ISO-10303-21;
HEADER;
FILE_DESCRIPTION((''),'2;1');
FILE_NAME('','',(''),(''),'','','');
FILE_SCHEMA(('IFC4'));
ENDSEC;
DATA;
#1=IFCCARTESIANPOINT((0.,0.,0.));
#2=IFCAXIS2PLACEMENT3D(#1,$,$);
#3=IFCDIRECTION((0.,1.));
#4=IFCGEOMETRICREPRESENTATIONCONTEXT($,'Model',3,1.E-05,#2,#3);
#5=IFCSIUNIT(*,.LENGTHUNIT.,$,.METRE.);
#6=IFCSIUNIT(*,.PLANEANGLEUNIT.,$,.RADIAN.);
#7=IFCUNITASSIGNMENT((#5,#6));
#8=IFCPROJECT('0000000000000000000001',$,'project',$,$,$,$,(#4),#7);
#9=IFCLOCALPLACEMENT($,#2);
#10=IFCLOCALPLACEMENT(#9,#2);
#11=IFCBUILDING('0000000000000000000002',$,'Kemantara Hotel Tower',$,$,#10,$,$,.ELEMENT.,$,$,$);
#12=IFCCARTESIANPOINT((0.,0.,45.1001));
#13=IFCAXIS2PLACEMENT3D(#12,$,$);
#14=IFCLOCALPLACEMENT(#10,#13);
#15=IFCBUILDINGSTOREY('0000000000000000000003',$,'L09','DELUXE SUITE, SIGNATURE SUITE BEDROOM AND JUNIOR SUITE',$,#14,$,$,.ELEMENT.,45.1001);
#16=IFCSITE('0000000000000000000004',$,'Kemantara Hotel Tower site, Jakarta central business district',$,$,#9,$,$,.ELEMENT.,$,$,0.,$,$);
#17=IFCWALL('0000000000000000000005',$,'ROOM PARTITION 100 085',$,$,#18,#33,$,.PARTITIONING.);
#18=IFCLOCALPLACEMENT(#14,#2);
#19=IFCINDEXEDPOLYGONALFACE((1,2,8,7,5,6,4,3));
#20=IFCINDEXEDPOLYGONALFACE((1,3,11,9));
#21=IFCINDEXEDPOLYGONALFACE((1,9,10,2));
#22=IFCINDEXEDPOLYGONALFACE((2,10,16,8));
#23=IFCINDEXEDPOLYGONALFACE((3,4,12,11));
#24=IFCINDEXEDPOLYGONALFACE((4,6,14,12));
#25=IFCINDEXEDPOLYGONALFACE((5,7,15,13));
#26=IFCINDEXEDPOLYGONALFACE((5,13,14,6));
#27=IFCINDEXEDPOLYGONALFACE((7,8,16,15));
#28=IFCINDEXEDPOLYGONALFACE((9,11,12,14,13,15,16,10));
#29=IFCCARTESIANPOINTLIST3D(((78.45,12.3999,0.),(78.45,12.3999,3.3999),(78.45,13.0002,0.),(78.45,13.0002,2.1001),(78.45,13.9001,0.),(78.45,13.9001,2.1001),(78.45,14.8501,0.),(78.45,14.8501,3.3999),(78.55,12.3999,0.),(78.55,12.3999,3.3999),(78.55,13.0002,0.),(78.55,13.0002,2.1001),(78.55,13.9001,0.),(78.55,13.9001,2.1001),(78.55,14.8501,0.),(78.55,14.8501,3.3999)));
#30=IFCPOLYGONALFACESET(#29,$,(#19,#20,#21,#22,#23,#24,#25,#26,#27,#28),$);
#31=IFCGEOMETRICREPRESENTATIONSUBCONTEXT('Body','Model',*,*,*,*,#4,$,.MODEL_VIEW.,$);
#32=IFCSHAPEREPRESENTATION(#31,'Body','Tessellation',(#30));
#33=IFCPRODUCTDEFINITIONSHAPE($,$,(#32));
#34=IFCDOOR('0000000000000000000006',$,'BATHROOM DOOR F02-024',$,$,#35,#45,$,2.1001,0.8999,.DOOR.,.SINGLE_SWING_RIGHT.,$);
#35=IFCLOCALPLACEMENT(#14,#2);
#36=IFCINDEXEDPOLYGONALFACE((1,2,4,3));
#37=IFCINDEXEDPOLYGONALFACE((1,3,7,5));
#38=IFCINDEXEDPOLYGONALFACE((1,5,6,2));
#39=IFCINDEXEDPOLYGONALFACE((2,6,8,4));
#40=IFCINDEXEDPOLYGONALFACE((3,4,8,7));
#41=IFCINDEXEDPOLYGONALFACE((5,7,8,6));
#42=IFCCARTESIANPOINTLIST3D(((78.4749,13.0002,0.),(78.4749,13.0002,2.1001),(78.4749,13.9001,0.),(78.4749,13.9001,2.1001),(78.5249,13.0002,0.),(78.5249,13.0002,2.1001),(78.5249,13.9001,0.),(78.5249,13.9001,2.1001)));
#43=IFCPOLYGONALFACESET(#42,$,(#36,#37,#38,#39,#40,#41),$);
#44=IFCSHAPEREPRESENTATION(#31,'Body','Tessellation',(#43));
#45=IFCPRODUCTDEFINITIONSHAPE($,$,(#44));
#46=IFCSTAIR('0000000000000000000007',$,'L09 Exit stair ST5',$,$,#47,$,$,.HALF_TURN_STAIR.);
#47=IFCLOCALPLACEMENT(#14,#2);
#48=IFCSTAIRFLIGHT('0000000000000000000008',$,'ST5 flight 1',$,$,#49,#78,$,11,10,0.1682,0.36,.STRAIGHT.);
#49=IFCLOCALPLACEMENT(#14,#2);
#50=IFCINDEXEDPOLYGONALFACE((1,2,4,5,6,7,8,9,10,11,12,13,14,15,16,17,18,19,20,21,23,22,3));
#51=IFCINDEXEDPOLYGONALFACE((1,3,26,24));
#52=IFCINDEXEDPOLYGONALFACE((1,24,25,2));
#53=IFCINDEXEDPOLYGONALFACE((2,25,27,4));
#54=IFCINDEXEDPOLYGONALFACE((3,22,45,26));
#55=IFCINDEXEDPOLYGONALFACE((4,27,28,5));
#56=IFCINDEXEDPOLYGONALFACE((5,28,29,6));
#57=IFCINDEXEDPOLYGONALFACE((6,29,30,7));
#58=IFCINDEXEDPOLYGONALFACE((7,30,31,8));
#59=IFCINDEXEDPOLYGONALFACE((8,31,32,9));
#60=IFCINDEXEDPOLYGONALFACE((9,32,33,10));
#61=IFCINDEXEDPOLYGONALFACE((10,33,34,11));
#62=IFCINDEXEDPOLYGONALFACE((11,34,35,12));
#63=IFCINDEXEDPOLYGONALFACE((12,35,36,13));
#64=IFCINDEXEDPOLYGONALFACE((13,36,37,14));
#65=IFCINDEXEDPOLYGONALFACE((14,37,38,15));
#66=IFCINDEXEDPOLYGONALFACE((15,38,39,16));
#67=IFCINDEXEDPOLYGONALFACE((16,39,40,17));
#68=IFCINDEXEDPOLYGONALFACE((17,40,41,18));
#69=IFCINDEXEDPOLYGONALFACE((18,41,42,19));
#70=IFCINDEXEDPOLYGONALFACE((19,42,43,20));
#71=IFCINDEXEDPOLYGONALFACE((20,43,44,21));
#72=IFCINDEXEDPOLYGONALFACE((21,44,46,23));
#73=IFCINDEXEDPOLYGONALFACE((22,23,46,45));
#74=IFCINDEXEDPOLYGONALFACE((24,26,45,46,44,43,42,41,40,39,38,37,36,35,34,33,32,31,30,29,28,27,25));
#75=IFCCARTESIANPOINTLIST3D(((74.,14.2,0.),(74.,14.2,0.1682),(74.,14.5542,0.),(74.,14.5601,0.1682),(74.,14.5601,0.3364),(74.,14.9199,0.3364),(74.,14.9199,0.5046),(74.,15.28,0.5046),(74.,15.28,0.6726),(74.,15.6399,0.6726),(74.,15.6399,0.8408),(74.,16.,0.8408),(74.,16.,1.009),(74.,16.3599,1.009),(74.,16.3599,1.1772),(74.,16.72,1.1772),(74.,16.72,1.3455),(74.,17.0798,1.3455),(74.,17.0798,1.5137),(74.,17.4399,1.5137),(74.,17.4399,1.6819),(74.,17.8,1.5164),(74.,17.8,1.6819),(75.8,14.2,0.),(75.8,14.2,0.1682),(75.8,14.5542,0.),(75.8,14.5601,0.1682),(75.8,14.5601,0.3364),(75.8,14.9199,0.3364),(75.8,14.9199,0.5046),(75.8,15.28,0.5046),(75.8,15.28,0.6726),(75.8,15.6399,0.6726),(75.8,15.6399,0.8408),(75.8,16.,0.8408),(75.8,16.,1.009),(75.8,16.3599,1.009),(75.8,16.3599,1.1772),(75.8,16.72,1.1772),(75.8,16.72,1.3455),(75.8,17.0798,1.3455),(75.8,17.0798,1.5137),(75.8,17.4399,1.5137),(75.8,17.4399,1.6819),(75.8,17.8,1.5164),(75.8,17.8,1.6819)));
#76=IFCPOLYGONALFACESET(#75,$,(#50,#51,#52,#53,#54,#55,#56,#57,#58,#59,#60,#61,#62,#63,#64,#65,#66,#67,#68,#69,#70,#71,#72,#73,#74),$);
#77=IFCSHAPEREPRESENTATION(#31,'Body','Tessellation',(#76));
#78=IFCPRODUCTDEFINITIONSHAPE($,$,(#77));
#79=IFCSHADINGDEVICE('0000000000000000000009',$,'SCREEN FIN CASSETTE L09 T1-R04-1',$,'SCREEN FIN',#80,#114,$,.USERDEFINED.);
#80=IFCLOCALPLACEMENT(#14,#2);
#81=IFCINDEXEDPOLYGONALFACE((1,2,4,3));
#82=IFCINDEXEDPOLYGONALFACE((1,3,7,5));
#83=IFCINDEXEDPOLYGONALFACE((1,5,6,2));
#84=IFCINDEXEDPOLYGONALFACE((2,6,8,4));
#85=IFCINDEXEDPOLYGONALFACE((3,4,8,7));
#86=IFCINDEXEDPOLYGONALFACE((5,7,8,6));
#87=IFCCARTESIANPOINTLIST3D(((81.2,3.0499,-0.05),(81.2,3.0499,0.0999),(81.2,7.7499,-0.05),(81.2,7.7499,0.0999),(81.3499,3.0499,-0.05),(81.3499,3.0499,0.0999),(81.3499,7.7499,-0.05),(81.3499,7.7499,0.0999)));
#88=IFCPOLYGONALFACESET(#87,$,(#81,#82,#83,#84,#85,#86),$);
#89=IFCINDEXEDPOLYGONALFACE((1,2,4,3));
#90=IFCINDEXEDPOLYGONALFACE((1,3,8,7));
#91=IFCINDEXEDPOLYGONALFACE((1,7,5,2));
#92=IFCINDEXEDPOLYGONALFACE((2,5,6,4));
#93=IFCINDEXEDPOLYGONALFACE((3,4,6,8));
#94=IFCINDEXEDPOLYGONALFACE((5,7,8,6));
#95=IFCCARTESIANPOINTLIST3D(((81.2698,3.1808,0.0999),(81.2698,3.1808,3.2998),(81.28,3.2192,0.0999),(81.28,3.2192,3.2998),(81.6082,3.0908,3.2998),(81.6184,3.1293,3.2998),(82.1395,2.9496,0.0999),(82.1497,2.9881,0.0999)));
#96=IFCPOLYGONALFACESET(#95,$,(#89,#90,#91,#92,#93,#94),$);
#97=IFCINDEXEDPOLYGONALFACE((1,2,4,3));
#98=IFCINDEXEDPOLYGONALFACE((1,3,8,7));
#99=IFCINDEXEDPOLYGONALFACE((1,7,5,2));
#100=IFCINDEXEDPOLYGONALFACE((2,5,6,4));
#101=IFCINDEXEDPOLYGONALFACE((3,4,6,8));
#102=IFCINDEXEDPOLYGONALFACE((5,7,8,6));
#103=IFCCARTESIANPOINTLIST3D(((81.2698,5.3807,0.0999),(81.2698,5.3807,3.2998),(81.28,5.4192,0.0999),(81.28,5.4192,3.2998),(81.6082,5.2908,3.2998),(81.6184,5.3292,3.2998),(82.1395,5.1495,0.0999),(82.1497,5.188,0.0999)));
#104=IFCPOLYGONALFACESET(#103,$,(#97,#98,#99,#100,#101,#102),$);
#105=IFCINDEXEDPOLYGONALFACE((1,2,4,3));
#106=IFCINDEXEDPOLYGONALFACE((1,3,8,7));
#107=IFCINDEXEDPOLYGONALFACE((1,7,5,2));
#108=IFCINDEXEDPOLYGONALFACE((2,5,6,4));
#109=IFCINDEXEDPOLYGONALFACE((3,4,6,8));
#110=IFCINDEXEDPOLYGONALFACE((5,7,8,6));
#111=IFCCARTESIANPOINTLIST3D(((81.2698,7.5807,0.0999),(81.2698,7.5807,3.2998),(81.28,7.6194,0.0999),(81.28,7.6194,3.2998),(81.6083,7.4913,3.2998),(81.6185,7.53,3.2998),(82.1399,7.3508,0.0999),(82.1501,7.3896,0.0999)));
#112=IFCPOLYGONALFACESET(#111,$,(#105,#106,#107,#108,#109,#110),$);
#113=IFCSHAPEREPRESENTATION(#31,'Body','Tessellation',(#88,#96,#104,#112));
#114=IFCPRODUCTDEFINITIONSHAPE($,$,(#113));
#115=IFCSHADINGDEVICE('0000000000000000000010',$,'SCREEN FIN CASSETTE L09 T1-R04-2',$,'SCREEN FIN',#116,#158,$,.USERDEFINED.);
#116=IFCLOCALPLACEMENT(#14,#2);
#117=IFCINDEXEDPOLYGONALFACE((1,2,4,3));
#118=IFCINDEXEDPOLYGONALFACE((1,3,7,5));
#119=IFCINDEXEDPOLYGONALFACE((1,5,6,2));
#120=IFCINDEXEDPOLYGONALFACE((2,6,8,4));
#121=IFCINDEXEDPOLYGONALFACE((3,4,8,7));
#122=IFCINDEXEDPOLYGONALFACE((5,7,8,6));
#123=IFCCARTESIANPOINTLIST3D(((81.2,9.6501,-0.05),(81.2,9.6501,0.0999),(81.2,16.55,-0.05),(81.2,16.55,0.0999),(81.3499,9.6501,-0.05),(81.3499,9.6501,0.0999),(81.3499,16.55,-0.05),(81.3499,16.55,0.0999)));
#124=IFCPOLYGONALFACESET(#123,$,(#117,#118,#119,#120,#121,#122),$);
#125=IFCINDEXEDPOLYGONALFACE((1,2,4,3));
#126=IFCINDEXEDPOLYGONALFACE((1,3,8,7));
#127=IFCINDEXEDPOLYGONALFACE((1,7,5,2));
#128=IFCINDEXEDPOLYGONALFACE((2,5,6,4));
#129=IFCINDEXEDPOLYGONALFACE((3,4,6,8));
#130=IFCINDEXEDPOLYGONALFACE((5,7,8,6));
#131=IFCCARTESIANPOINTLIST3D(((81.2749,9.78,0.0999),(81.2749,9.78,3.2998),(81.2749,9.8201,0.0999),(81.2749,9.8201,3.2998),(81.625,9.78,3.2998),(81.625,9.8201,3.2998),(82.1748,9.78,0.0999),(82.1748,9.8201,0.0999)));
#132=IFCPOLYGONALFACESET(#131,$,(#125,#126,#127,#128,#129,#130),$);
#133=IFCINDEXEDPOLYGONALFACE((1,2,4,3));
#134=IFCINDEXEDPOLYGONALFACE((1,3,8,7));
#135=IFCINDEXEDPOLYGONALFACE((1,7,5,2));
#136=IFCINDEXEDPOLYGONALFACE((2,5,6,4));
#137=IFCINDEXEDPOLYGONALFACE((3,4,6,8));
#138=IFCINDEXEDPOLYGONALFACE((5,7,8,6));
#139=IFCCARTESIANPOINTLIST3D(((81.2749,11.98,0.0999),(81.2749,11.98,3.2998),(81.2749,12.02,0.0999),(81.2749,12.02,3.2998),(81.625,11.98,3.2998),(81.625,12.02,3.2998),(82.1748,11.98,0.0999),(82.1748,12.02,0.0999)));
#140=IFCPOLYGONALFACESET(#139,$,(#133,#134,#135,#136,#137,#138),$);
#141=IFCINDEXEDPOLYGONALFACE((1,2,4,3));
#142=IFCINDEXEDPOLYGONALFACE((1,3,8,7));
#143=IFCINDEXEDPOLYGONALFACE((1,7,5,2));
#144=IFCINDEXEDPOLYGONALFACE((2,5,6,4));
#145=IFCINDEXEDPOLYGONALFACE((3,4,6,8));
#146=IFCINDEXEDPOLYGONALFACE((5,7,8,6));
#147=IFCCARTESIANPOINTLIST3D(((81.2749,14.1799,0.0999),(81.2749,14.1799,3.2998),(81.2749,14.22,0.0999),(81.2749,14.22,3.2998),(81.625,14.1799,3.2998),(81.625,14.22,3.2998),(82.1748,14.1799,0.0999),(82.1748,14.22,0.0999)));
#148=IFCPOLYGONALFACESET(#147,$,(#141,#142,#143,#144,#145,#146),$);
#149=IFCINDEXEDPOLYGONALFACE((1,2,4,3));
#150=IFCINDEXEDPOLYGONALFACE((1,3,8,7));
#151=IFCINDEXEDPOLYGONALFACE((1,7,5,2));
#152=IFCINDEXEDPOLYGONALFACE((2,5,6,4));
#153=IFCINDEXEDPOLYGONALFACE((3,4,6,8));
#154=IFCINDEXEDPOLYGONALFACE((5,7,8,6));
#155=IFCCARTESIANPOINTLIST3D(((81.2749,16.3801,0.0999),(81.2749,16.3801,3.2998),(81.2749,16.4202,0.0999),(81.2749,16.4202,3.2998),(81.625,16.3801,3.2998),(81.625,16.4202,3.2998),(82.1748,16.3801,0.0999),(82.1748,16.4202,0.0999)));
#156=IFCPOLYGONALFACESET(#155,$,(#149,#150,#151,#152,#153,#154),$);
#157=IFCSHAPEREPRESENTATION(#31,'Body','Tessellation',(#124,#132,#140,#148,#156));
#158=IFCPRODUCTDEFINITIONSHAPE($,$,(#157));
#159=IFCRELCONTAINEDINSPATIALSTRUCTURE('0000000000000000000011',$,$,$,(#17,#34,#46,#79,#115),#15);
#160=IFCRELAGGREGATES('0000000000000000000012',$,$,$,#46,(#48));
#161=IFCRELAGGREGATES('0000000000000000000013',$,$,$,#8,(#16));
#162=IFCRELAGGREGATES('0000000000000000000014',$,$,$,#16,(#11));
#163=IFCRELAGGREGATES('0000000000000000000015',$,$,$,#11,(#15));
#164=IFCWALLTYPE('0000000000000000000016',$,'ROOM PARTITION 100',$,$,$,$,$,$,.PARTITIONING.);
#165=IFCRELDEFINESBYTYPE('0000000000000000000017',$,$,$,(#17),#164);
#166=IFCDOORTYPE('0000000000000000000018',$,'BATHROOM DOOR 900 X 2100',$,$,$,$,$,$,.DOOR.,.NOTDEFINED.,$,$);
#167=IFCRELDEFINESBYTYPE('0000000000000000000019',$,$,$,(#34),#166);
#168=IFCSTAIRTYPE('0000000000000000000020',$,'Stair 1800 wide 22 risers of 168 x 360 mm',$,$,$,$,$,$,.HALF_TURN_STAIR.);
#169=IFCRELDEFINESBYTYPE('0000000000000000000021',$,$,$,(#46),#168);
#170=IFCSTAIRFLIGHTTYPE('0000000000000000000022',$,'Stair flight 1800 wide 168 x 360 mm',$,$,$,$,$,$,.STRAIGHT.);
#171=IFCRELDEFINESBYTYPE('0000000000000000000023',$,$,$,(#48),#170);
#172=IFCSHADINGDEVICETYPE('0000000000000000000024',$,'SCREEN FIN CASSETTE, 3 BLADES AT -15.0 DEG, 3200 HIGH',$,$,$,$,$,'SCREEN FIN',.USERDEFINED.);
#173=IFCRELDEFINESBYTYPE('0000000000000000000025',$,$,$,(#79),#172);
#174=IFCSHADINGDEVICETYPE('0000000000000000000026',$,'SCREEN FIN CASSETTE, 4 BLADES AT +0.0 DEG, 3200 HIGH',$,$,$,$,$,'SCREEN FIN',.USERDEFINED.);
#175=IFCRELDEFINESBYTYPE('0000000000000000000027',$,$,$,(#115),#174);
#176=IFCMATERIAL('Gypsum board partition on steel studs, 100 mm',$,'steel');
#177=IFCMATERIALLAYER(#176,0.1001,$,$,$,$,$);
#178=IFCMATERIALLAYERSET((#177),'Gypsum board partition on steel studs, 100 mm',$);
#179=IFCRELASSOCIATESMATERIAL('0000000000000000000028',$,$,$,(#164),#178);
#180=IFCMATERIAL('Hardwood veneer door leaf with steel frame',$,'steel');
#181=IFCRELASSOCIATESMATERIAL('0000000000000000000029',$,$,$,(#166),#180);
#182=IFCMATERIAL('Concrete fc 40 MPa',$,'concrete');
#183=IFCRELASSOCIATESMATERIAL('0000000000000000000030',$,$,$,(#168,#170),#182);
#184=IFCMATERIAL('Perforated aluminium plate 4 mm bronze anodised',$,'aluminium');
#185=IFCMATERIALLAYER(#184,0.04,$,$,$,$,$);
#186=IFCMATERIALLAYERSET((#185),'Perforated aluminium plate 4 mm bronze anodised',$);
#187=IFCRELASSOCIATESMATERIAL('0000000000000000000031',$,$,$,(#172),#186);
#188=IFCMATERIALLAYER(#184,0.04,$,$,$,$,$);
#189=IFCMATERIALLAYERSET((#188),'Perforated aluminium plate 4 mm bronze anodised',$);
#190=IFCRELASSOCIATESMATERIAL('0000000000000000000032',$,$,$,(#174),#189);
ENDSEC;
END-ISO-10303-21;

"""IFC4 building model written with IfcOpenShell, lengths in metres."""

from ifc_helpers import new_model, si_unit, direction, frame, frame_2d, origin, origin_2d, place, context, subcontext, project, spatial, polyline, rectangle, outline, extrude, source, transform, mapped, material, layer, layer_set, type_object, element, fill, aggregate, save


model = new_model("IFC4")

# Units and contexts
model_context = context("Model", 3, precision=1e-05, world=origin(), true_north=direction((0.0, 1.0)))
body_context = subcontext(model_context, "Body", "Model", "MODEL_VIEW")
ifc_project = project(units=[si_unit("LENGTHUNIT", "METRE"), si_unit("PLANEANGLEUNIT", "RADIAN")], contexts=[model_context])

# Site, building, storey
site_placement = place(None, origin())
site = spatial("IfcSite", under=ifc_project, at=site_placement, Name="Kemantara Hotel Tower site, Jakarta central business district", CompositionType="ELEMENT", RefElevation=0.0)
building_placement = place(site_placement, origin())
building = spatial("IfcBuilding", under=site, at=building_placement, Name="Kemantara Hotel Tower", CompositionType="ELEMENT")
storey_placement = place(building_placement, frame((0.0, 0.0, 45.1001)))
storey = spatial("IfcBuildingStorey", under=building, at=storey_placement, Name="L09", Description="DELUXE SUITE, SIGNATURE SUITE BEDROOM AND JUNIOR SUITE", CompositionType="ELEMENT", Elevation=45.1001)

# Shared definitions
ifc_material_1 = material(Name="Hardwood veneer door leaf with steel frame", Category="steel")

# Shared definitions
ifc_material_2 = material(Name="Concrete fc 40 MPa", Category="concrete")
ifc_material_3 = material(Name="Gypsum board partition on steel studs, 100 mm", Category="steel")
ifc_layer_1 = layer(ifc_material_3, 0.1001)
ifc_layer_set_1 = layer_set([ifc_layer_1], Name="Gypsum board partition on steel studs, 100 mm")
wall_type_1 = type_object("IfcWallType", Name="ROOM PARTITION 100", PredefinedType="PARTITIONING", material=ifc_layer_set_1)

# Shared definitions
door_type_1 = type_object("IfcDoorType", Name="BATHROOM DOOR 900 X 2100", OperationType="NOTDEFINED", PredefinedType="DOOR", material=ifc_material_1)

# Wall, opening, door
wall_1_placement = place(storey_placement, frame((78.5, 14.8501, 0.0), z_axis=(0.0, 0.0, 1.0), x_axis=(0.0, -1.0, 0.0)))
wall_1 = element("IfcWall", 1, at=wall_1_placement, inside=storey, type_object=wall_type_1, Name="ROOM PARTITION 100 085", PredefinedType="PARTITIONING", context=body_context, shape_type="SweptSolid", body=[
    extrude(rectangle(XDim=2.4502, YDim=0.1001, at=frame_2d((1.2251, 0.0))), origin(), (0.0, 0.0, 1.0), 3.3999),
])
opening_1_placement = place(wall_1_placement, frame((0.95, 0.0, 0.0)))
opening_1 = element("IfcOpeningElement", 2, at=opening_1_placement, cuts=wall_1, PredefinedType="OPENING", context=body_context, shape_type="SweptSolid", body=[
    extrude(rectangle(XDim=0.8999, YDim=2.1001, at=frame_2d((0.45, 1.05))), frame((0.0, 0.0601, 0.0), z_axis=(0.0, -1.0, 0.0), x_axis=(1.0, 0.0, 0.0)), (0.0, 0.0, 1.0), 0.1201),
])
door_1_placement = place(opening_1_placement, origin())
door_1 = element("IfcDoor", 3, at=door_1_placement, inside=storey, type_object=door_type_1, Name="BATHROOM DOOR F02-024", OperationType="SINGLE_SWING_RIGHT", OverallHeight=2.1001, OverallWidth=0.8999, PredefinedType="DOOR", context=body_context, shape_type="SweptSolid", body=[
    extrude(rectangle(XDim=0.8999, YDim=2.1001, at=frame_2d((0.45, 1.05))), frame((0.0, 0.0249, 0.0), z_axis=(0.0, -1.0, 0.0), x_axis=(1.0, 0.0, 0.0)), (0.0, 0.0, 1.0), 0.05),
])
fill(opening_1, door_1)

# Stair, stair flight
stair_type = type_object("IfcStairType", Name="Stair 1800 wide 22 risers of 168 x 360 mm", PredefinedType="HALF_TURN_STAIR", material=ifc_material_2)
stair_placement = place(storey_placement, origin())
stair = element("IfcStair", 4, at=stair_placement, inside=storey, type_object=stair_type, Name="L09 Exit stair ST5", PredefinedType="HALF_TURN_STAIR")
stair_flight_type = type_object("IfcStairFlightType", Name="Stair flight 1800 wide 168 x 360 mm", PredefinedType="STRAIGHT", material=ifc_material_2)
stair_flight_placement = place(storey_placement, frame((74.8999, 14.2, 0.0), z_axis=(0.0, 0.0, 1.0), x_axis=(0.0, 1.0, 0.0)))
stair_flight = element("IfcStairFlight", 5, at=stair_flight_placement, type_object=stair_flight_type, Name="ST5 flight 1", NumberOfRisers=11, NumberOfTreads=10, PredefinedType="STRAIGHT", RiserHeight=0.1682, TreadLength=0.36, context=body_context, shape_type="SweptSolid", body=[
    extrude(outline(polyline([(0.0, 0.0), (0.0, 0.1682), (0.3601, 0.1682), (0.3601, 0.3364), (0.72, 0.3364), (0.72, 0.5046), (1.0801, 0.5046), (1.0801, 0.6726), (1.4399, 0.6726), (1.4399, 0.8408), (1.8, 0.8408), (1.8, 1.009), (2.1599, 1.009), (2.1599, 1.1772), (2.52, 1.1772), (2.52, 1.3455), (2.8799, 1.3455), (2.8799, 1.5137), (3.24, 1.5137), (3.24, 1.6819), (3.6001, 1.6819), (3.6001, 1.8501), (3.6001, 1.5164), (0.3542, 0.0), (0.0, 0.0)])), frame((0.0, 0.8999, 0.0), z_axis=(0.0, -1.0, 0.0), x_axis=(1.0, 0.0, 0.0)), (0.0, 0.0, 1.0), 1.8),
])
aggregate(stair, [stair_flight])

# Shading devices
ifc_material_4 = material(Name="Perforated aluminium plate 4 mm bronze anodised", Category="aluminium")
ifc_layer_2 = layer(ifc_material_4, 0.04)
ifc_layer_set_2 = layer_set([ifc_layer_2], Name="Perforated aluminium plate 4 mm bronze anodised")
shading_device_type_1 = type_object("IfcShadingDeviceType", Name="SCREEN FIN CASSETTE, 3 BLADES AT -15.0 DEG, 3200 HIGH", ElementType="SCREEN FIN", PredefinedType="USERDEFINED", material=ifc_layer_set_2)
shared_shape_1 = source(origin(), body_context, "Body", "SweptSolid", [
    extrude(rectangle(XDim=4.7, YDim=0.1499, at=origin_2d()), frame((2.2, -0.075, -0.1499), z_axis=(0.0, 0.0, 1.0), x_axis=(1.0, 0.0, 0.0)), (0.0, 0.0, 1.0), 0.1499),
    extrude(outline(polyline([(0.0, 0.0), (0.8999, 0.0), (0.3501, 3.2), (0.0, 3.2), (0.0, 0.0)])), frame((0.0193, -0.0801, 0.0), z_axis=(-0.966438, 0.256901, 0.0), x_axis=(-0.256901, -0.966438, 0.0)), (0.0, 0.0, 1.0), 0.0398),
    extrude(outline(polyline([(0.0, 0.0), (0.8999, 0.0), (0.3501, 3.2), (0.0, 3.2), (0.0, 0.0)])), frame((2.2192, -0.0801, 0.0), z_axis=(-0.966438, 0.256901, 0.0), x_axis=(-0.256901, -0.966438, 0.0)), (0.0, 0.0, 1.0), 0.0398),
    extrude(outline(polyline([(0.0, 0.0), (0.8999, 0.0), (0.3501, 3.2), (0.0, 3.2), (0.0, 0.0)])), frame((4.4194, -0.0801, 0.0), z_axis=(-0.966838, 0.255391, 0.0), x_axis=(-0.255391, -0.966838, 0.0)), (0.0, 0.0, 1.0), 0.04),
])
shading_device_1_placement = place(storey_placement, frame((81.2, 3.2, 0.0999), z_axis=(0.0, 0.0, 1.0), x_axis=(0.0, 1.0, 0.0)))
element("IfcShadingDevice", 6, at=shading_device_1_placement, inside=storey, type_object=shading_device_type_1, Name="SCREEN FIN CASSETTE L09 T1-R04-1", ObjectType="SCREEN FIN", PredefinedType="USERDEFINED", context=body_context, shape_type="MappedRepresentation", body=[
    mapped(shared_shape_1, transform((0.0, 0.0, 0.0))),
])
ifc_layer_3 = layer(ifc_material_4, 0.04)
ifc_layer_set_3 = layer_set([ifc_layer_3], Name="Perforated aluminium plate 4 mm bronze anodised")
shading_device_type_2 = type_object("IfcShadingDeviceType", Name="SCREEN FIN CASSETTE, 4 BLADES AT +0.0 DEG, 3200 HIGH", ElementType="SCREEN FIN", PredefinedType="USERDEFINED", material=ifc_layer_set_3)
shared_shape_2 = source(origin(), body_context, "Body", "SweptSolid", [
    extrude(rectangle(XDim=6.8999, YDim=0.1499, at=origin_2d()), frame((3.3, -0.075, -0.1499), z_axis=(0.0, 0.0, 1.0), x_axis=(1.0, 0.0, 0.0)), (0.0, 0.0, 1.0), 0.1499),
    extrude(outline(polyline([(0.0, 0.0), (0.8999, 0.0), (0.3501, 3.2), (0.0, 3.2), (0.0, 0.0)])), frame((0.02, -0.075, 0.0), z_axis=(-1.0, 0.0, 0.0), x_axis=(0.0, -1.0, 0.0)), (0.0, 0.0, 1.0), 0.04),
    extrude(outline(polyline([(0.0, 0.0), (0.8999, 0.0), (0.3501, 3.2), (0.0, 3.2), (0.0, 0.0)])), frame((2.22, -0.075, 0.0), z_axis=(-1.0, 0.0, 0.0), x_axis=(0.0, -1.0, 0.0)), (0.0, 0.0, 1.0), 0.04),
    extrude(outline(polyline([(0.0, 0.0), (0.8999, 0.0), (0.3501, 3.2), (0.0, 3.2), (0.0, 0.0)])), frame((4.4199, -0.075, 0.0), z_axis=(-1.0, 0.0, 0.0), x_axis=(0.0, -1.0, 0.0)), (0.0, 0.0, 1.0), 0.04),
    extrude(outline(polyline([(0.0, 0.0), (0.8999, 0.0), (0.3501, 3.2), (0.0, 3.2), (0.0, 0.0)])), frame((6.6201, -0.075, 0.0), z_axis=(-1.0, 0.0, 0.0), x_axis=(0.0, -1.0, 0.0)), (0.0, 0.0, 1.0), 0.04),
])
shading_device_2_placement = place(storey_placement, frame((81.2, 9.8, 0.0999), z_axis=(0.0, 0.0, 1.0), x_axis=(0.0, 1.0, 0.0)))
element("IfcShadingDevice", 7, at=shading_device_2_placement, inside=storey, type_object=shading_device_type_2, Name="SCREEN FIN CASSETTE L09 T1-R04-2", ObjectType="SCREEN FIN", PredefinedType="USERDEFINED", context=body_context, shape_type="MappedRepresentation", body=[
    mapped(shared_shape_2, transform((0.0, 0.0, 0.0))),
])

save(model, "model.ifc")
